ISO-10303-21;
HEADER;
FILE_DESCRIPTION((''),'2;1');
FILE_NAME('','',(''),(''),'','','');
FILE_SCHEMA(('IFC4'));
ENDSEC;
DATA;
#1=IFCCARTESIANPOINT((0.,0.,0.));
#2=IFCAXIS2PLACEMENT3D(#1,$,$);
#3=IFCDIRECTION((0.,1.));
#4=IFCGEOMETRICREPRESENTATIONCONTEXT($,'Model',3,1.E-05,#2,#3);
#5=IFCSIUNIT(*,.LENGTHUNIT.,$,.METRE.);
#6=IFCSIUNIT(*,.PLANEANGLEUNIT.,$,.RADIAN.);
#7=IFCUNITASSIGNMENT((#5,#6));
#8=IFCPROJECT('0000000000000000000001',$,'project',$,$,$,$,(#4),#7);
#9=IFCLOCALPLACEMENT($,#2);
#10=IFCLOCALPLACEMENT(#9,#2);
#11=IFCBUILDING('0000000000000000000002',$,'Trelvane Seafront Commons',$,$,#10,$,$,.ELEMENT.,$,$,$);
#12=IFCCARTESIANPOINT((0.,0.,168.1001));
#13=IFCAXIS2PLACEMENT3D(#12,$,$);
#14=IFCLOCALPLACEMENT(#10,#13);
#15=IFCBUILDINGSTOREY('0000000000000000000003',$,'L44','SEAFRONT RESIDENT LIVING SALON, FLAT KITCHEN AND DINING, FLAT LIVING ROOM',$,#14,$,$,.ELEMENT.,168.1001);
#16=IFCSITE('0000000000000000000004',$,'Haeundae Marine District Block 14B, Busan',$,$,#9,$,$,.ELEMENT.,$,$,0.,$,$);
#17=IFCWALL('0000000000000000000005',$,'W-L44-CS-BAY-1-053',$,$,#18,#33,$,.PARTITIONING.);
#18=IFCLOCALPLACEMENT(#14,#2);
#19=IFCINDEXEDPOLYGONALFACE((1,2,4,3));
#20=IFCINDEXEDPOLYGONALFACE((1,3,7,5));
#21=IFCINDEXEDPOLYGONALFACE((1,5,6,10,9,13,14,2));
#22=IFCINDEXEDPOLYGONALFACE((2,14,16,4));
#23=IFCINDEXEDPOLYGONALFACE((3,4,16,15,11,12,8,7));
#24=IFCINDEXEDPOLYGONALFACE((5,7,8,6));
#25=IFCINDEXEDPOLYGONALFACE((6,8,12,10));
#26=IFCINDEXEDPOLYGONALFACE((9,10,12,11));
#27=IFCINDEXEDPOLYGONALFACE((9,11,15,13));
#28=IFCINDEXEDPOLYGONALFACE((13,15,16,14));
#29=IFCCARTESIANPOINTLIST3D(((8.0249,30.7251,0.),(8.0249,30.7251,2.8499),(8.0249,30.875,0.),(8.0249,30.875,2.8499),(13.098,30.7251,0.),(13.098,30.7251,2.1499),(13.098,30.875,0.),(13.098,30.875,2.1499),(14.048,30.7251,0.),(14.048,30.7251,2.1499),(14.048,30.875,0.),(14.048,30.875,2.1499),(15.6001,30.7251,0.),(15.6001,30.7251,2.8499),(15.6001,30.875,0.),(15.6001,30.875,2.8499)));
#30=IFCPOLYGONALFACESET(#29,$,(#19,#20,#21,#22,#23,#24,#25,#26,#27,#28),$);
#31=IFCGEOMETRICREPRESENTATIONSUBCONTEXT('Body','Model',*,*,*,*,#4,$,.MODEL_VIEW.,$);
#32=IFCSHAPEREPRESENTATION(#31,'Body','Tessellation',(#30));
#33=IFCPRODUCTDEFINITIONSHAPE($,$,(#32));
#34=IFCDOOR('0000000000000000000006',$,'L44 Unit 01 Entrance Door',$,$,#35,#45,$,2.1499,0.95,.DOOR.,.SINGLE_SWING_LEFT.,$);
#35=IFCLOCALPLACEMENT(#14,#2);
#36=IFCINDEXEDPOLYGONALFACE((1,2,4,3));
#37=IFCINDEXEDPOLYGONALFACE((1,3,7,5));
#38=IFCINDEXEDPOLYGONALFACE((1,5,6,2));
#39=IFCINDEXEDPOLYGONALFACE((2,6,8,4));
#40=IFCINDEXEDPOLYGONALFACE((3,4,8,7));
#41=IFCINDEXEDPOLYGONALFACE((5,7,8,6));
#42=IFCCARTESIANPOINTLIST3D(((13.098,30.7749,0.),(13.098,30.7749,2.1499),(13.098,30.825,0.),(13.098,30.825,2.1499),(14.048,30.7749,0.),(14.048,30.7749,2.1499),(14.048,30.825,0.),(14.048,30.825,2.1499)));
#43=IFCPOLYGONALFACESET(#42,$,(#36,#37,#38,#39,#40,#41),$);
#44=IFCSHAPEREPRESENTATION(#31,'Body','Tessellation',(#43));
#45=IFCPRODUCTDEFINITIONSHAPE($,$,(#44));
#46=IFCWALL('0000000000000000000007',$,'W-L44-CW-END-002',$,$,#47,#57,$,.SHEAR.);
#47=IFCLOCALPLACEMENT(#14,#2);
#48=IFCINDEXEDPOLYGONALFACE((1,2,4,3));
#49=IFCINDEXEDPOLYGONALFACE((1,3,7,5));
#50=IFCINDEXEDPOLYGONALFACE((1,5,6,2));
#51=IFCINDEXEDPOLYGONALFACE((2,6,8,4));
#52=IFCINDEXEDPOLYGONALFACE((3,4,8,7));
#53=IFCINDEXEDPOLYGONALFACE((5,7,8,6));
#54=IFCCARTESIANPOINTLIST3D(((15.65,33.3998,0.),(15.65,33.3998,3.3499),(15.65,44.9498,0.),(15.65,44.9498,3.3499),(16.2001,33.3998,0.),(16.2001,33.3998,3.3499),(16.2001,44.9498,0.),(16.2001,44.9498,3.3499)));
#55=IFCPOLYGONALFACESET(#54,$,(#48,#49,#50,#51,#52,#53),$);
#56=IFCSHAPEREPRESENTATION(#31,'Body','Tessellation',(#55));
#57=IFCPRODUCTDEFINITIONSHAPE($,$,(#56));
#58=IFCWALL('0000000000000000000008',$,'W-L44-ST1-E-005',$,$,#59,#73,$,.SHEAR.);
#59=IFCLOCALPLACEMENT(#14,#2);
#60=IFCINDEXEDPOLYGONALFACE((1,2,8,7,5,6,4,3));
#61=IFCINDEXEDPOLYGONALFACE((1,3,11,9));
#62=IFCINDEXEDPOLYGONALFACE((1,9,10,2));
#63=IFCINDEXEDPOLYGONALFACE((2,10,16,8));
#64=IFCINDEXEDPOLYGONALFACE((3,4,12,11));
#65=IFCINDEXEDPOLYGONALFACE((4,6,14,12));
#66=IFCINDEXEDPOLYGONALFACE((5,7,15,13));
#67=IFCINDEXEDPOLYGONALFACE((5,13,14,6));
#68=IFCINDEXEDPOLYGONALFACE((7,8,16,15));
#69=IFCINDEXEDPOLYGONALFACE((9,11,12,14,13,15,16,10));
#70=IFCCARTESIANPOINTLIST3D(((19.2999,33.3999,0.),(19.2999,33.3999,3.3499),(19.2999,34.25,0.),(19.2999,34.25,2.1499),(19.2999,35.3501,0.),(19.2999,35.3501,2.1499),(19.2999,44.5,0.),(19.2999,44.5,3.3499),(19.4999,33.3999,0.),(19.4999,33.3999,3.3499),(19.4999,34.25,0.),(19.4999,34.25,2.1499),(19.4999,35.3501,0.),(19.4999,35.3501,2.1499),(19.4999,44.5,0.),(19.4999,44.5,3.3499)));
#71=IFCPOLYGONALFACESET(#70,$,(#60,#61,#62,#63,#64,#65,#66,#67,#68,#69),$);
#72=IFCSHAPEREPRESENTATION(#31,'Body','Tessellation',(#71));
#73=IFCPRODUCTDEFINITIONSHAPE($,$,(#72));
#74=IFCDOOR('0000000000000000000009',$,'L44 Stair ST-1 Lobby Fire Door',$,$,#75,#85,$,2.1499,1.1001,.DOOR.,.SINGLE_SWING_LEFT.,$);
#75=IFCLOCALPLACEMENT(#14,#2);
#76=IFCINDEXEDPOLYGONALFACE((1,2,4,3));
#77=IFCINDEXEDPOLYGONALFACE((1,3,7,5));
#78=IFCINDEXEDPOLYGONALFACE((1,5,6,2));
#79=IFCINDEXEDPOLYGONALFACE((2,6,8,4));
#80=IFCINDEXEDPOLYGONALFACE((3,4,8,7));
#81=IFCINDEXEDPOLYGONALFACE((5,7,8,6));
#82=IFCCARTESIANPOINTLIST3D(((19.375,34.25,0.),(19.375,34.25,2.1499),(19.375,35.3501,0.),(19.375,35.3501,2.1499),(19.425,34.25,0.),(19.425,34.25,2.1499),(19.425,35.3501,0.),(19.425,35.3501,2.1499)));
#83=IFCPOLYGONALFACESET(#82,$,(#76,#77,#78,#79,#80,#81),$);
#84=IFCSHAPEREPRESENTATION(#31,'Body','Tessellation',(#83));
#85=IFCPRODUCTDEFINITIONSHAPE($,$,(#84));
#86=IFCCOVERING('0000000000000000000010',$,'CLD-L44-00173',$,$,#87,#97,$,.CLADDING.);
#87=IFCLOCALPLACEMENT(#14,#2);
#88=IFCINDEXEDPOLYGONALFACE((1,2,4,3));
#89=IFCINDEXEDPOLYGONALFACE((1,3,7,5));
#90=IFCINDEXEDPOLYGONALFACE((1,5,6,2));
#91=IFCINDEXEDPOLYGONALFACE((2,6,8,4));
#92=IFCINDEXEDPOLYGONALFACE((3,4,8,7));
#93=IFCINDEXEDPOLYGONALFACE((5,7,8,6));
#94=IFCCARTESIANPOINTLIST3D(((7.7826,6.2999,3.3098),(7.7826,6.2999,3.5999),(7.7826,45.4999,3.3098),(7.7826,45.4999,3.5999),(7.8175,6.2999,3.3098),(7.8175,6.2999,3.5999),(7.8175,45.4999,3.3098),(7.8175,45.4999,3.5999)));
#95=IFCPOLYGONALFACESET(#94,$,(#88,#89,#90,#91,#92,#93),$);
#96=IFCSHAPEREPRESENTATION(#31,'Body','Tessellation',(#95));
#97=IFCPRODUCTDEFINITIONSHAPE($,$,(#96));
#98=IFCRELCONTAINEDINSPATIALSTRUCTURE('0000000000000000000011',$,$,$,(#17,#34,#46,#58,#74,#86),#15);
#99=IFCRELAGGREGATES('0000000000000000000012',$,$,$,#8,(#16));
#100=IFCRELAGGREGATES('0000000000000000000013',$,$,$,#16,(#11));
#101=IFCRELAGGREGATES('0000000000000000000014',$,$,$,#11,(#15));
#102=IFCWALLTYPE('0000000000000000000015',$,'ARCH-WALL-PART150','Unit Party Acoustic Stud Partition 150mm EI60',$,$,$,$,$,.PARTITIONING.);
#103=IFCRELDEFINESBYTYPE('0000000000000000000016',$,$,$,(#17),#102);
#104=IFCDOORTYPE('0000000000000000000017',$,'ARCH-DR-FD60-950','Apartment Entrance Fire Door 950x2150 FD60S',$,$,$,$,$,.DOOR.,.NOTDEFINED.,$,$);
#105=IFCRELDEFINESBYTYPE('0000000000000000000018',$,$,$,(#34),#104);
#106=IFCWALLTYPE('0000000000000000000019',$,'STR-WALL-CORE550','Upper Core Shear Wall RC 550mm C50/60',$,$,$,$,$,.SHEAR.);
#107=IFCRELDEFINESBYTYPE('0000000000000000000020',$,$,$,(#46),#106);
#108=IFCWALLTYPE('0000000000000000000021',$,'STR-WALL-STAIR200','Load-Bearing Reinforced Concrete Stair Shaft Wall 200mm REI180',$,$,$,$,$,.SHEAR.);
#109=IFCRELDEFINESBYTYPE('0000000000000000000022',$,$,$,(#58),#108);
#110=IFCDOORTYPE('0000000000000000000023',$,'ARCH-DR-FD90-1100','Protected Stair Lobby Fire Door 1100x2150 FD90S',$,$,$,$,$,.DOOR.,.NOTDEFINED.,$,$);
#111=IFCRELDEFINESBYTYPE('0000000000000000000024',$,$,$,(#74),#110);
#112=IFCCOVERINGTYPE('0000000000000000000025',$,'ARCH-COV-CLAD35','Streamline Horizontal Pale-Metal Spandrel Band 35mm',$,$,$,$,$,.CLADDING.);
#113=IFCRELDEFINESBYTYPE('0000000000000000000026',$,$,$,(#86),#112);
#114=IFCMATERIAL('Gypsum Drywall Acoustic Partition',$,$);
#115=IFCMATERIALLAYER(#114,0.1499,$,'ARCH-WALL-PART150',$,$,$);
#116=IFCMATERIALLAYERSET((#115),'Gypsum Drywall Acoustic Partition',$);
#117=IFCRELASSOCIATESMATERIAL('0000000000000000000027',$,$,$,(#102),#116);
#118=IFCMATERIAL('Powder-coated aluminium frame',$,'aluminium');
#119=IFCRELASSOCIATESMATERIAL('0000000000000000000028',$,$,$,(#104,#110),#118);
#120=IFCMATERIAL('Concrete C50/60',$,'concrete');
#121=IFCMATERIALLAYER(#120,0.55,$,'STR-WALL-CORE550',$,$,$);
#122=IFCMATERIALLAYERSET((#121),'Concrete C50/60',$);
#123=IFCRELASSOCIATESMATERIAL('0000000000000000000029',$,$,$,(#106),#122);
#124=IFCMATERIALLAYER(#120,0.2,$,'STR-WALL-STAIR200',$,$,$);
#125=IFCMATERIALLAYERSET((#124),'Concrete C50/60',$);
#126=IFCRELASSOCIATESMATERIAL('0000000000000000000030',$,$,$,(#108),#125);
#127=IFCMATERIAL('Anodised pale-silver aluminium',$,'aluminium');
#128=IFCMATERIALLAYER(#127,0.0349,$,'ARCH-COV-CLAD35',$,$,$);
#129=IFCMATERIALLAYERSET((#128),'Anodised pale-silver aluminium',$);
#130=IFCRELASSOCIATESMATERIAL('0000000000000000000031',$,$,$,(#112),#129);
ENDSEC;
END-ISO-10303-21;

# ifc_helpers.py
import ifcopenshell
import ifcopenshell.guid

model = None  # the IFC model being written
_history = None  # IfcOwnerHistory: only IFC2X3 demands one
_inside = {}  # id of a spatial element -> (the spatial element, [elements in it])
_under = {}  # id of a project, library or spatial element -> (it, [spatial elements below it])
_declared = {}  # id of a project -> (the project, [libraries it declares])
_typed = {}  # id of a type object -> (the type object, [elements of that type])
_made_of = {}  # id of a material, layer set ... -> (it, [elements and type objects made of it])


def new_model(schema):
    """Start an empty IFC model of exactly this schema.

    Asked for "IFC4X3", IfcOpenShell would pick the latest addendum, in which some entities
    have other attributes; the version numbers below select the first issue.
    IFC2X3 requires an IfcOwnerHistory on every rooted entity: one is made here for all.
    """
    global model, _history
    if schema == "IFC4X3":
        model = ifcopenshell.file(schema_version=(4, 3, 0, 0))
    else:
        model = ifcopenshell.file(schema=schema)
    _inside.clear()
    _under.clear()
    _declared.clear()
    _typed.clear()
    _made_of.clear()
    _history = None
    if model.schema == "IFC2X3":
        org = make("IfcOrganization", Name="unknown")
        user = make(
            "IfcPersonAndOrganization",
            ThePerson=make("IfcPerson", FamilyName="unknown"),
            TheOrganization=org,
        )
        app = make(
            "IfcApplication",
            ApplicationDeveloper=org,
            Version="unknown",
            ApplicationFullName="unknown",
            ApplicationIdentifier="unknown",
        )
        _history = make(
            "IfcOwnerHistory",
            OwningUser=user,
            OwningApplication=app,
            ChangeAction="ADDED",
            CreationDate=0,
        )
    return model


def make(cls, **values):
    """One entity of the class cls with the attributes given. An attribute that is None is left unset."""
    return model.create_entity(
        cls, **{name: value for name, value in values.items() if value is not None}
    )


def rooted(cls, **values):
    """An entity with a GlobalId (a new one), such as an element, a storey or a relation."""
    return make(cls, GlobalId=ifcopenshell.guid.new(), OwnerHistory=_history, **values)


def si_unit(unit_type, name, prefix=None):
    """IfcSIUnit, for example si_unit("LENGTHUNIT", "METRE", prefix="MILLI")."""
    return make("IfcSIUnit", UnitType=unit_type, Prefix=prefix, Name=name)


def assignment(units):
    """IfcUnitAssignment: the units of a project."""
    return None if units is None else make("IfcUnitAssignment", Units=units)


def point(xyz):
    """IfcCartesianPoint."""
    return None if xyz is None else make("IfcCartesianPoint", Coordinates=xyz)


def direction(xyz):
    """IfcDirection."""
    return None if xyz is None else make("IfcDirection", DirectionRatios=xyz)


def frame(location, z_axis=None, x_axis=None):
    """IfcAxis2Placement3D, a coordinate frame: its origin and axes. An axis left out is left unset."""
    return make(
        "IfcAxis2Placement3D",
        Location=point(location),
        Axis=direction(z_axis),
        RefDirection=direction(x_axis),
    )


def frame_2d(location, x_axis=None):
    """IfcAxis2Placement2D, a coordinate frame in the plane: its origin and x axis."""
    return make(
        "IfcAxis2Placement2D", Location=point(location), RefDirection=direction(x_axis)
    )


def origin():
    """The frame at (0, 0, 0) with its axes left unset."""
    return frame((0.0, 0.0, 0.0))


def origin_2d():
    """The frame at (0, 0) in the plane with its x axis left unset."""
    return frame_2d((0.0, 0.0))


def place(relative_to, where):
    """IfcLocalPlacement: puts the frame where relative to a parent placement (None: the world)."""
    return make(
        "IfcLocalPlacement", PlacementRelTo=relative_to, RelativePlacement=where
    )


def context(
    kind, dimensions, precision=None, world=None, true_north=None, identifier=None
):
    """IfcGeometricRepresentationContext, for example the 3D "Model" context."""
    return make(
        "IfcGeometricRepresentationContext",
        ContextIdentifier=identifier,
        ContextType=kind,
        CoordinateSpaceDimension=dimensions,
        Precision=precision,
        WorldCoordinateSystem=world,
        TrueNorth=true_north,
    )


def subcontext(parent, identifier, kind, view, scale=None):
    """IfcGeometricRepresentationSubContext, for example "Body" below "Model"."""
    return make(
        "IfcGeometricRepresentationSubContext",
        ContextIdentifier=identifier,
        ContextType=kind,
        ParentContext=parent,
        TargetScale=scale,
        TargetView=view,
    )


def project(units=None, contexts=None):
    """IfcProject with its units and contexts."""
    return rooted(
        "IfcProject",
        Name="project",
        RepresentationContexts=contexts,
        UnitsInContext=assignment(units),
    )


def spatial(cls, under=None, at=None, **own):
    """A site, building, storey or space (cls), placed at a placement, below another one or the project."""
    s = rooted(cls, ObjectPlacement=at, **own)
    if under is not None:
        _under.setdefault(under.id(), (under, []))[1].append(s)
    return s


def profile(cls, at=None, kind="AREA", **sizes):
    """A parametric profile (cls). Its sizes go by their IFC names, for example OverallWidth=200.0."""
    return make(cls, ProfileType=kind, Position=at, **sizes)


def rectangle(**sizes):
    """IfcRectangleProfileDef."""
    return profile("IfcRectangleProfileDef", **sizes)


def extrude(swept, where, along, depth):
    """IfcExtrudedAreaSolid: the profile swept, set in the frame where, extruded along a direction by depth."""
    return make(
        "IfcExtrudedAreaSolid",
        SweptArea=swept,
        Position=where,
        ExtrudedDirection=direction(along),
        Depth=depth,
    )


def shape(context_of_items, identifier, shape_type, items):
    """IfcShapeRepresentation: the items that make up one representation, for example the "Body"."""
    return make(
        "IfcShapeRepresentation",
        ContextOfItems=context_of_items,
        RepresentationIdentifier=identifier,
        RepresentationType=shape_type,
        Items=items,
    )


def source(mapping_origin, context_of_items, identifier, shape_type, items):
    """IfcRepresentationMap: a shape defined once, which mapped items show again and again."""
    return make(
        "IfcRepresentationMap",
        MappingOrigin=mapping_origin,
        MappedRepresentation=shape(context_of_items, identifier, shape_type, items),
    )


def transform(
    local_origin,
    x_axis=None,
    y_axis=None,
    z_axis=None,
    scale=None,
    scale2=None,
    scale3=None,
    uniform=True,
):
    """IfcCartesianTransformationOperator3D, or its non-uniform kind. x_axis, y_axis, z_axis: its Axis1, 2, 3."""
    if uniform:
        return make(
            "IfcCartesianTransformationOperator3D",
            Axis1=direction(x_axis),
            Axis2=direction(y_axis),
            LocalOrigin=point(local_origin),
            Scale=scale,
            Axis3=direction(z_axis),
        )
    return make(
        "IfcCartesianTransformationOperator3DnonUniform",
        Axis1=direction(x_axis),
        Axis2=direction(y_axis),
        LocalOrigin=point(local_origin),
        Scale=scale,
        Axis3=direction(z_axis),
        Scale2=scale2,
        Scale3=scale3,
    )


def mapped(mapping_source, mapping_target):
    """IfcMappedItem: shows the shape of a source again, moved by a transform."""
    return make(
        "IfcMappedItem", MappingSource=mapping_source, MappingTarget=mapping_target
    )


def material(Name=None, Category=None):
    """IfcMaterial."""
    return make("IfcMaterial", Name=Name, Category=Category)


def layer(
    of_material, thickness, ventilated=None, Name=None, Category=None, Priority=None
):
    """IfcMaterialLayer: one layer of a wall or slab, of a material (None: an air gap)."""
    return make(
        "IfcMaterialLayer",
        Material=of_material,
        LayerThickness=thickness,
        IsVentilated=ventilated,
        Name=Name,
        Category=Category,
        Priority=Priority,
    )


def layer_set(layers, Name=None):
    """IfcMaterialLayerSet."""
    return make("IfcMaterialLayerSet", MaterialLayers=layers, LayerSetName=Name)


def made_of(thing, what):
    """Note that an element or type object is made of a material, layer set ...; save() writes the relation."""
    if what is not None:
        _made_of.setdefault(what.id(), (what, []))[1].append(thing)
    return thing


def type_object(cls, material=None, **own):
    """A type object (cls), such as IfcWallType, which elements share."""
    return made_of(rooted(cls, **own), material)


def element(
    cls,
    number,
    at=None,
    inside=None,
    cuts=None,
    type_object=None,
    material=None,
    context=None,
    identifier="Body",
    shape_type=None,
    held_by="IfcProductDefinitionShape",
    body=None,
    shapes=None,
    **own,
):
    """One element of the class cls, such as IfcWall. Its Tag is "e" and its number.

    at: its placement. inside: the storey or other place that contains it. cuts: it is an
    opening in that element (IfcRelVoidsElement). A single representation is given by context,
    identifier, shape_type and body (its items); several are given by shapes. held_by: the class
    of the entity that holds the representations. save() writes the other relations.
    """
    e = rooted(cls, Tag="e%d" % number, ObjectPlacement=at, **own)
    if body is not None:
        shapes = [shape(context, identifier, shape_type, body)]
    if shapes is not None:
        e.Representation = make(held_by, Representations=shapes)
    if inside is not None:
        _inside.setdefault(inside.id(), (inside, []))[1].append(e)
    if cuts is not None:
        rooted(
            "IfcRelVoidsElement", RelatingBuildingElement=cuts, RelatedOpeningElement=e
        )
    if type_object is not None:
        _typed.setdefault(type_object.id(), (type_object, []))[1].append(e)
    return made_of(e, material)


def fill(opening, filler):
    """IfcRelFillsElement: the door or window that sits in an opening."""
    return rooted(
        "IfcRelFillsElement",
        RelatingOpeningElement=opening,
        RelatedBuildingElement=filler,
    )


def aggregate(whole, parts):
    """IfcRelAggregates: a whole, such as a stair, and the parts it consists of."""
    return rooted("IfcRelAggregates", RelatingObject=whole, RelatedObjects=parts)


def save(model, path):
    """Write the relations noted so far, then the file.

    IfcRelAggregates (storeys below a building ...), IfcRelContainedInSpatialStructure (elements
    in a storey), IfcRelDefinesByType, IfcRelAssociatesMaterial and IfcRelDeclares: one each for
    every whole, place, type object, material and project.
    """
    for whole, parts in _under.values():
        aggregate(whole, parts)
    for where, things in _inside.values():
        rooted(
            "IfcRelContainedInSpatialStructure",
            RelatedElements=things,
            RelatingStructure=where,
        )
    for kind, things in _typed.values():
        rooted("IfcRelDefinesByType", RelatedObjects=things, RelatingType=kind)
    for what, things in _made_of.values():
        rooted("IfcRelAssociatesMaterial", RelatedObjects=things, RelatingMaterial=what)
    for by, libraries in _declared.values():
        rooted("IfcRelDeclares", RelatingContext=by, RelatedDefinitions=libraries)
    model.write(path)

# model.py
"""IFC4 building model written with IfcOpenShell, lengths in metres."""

from ifc_helpers import new_model, si_unit, direction, frame, frame_2d, origin, origin_2d, place, context, subcontext, project, spatial, rectangle, extrude, source, transform, mapped, material, layer, layer_set, type_object, element, fill, save


model = new_model("IFC4")

# Units and contexts
model_context = context("Model", 3, precision=1e-05, world=origin(), true_north=direction((0.0, 1.0)))
body_context = subcontext(model_context, "Body", "Model", "MODEL_VIEW")
ifc_project = project(units=[si_unit("LENGTHUNIT", "METRE"), si_unit("PLANEANGLEUNIT", "RADIAN")], contexts=[model_context])

# Site, building, storey
site_placement = place(None, origin())
site = spatial("IfcSite", under=ifc_project, at=site_placement, Name="Haeundae Marine District Block 14B, Busan", CompositionType="ELEMENT", RefElevation=0.0)
building_placement = place(site_placement, origin())
building = spatial("IfcBuilding", under=site, at=building_placement, Name="Trelvane Seafront Commons", CompositionType="ELEMENT")
storey_placement = place(building_placement, frame((0.0, 0.0, 168.1001)))
storey = spatial("IfcBuildingStorey", under=building, at=storey_placement, Name="L44", Description="SEAFRONT RESIDENT LIVING SALON, FLAT KITCHEN AND DINING, FLAT LIVING ROOM", CompositionType="ELEMENT", Elevation=168.1001)

# Shared definitions
ifc_material_1 = material(Name="Concrete C50/60", Category="concrete")

# Shared definitions
ifc_material_2 = material(Name="Anodised pale-silver aluminium", Category="aluminium")

# Shared definitions
ifc_material_3 = material(Name="Gypsum Drywall Acoustic Partition")

# Wall, opening, door
shared_shape_1 = source(origin(), body_context, "Body", "SweptSolid", [
    extrude(rectangle(XDim=0.95, YDim=2.1499, at=frame_2d((0.4751, 1.075))), frame((0.0, 0.0249, 0.0), z_axis=(0.0, -1.0, 0.0), x_axis=(1.0, 0.0, 0.0)), (0.0, 0.0, 1.0), 0.05),
])
ifc_layer_1 = layer(ifc_material_3, 0.1499, Name="ARCH-WALL-PART150")
ifc_layer_set_1 = layer_set([ifc_layer_1], Name="Gypsum Drywall Acoustic Partition")
wall_type_1 = type_object("IfcWallType", Name="ARCH-WALL-PART150", Description="Unit Party Acoustic Stud Partition 150mm EI60", PredefinedType="PARTITIONING", material=ifc_layer_set_1)
ifc_material_4 = material(Name="Powder-coated aluminium frame", Category="aluminium")
door_type_1 = type_object("IfcDoorType", Name="ARCH-DR-FD60-950", Description="Apartment Entrance Fire Door 950x2150 FD60S", OperationType="NOTDEFINED", PredefinedType="DOOR", material=ifc_material_4)
wall_1_placement = place(storey_placement, frame((8.0249, 30.8, 0.0), z_axis=(0.0, 0.0, 1.0), x_axis=(1.0, 0.0, 0.0)))
wall_1 = element("IfcWall", 1, at=wall_1_placement, inside=storey, type_object=wall_type_1, Name="W-L44-CS-BAY-1-053", PredefinedType="PARTITIONING", context=body_context, shape_type="SweptSolid", body=[
    extrude(rectangle(XDim=7.5752, YDim=0.1499, at=frame_2d((3.7876, 0.0))), origin(), (0.0, 0.0, 1.0), 2.8499),
])
opening_1_placement = place(wall_1_placement, frame((5.073, 0.0, 0.0)))
opening_1 = element("IfcOpeningElement", 2, at=opening_1_placement, cuts=wall_1, PredefinedType="OPENING", context=body_context, shape_type="SweptSolid", body=[
    extrude(rectangle(XDim=0.95, YDim=2.1499, at=frame_2d((0.4751, 1.075))), frame((0.0, 0.085, 0.0), z_axis=(0.0, -1.0, 0.0), x_axis=(1.0, 0.0, 0.0)), (0.0, 0.0, 1.0), 0.1699),
])
door_1_placement = place(opening_1_placement, origin())
door_1 = element("IfcDoor", 3, at=door_1_placement, inside=storey, type_object=door_type_1, Name="L44 Unit 01 Entrance Door", OperationType="SINGLE_SWING_LEFT", OverallHeight=2.1499, OverallWidth=0.95, PredefinedType="DOOR", context=body_context, shape_type="MappedRepresentation", body=[
    mapped(shared_shape_1, transform((0.0, 0.0, 0.0), x_axis=(1.0, 0.0, 0.0), y_axis=(0.0, 1.0, 0.0), z_axis=(0.0, 0.0, 1.0), scale=1.0)),
])
fill(opening_1, door_1)

# Wall
ifc_layer_2 = layer(ifc_material_1, 0.55, Name="STR-WALL-CORE550")
ifc_layer_set_2 = layer_set([ifc_layer_2], Name="Concrete C50/60")
wall_type_2 = type_object("IfcWallType", Name="STR-WALL-CORE550", Description="Upper Core Shear Wall RC 550mm C50/60", PredefinedType="SHEAR", material=ifc_layer_set_2)
wall_2_placement = place(storey_placement, frame((15.925, 33.3999, 0.0), z_axis=(0.0, 0.0, 1.0), x_axis=(0.0, 1.0, 0.0)))
element("IfcWall", 4, at=wall_2_placement, inside=storey, type_object=wall_type_2, Name="W-L44-CW-END-002", PredefinedType="SHEAR", context=body_context, shape_type="SweptSolid", body=[
    extrude(rectangle(XDim=11.55, YDim=0.55, at=frame_2d((5.7749, 0.0))), origin(), (0.0, 0.0, 1.0), 3.3499),
])

# Wall, opening, door
ifc_layer_3 = layer(ifc_material_1, 0.2, Name="STR-WALL-STAIR200")
ifc_layer_set_3 = layer_set([ifc_layer_3], Name="Concrete C50/60")
wall_type_3 = type_object("IfcWallType", Name="STR-WALL-STAIR200", Description="Load-Bearing Reinforced Concrete Stair Shaft Wall 200mm REI180", PredefinedType="SHEAR", material=ifc_layer_set_3)
wall_3_placement = place(storey_placement, frame((19.3999, 33.3999, 0.0), z_axis=(0.0, 0.0, 1.0), x_axis=(0.0, 1.0, 0.0)))
wall_3 = element("IfcWall", 5, at=wall_3_placement, inside=storey, type_object=wall_type_3, Name="W-L44-ST1-E-005", PredefinedType="SHEAR", context=body_context, shape_type="SweptSolid", body=[
    extrude(rectangle(XDim=11.1001, YDim=0.2, at=frame_2d((5.55, 0.0))), origin(), (0.0, 0.0, 1.0), 3.3499),
])
opening_2_placement = place(wall_3_placement, frame((0.8501, 0.0, 0.0)))
opening_2 = element("IfcOpeningElement", 6, at=opening_2_placement, cuts=wall_3, PredefinedType="OPENING", context=body_context, shape_type="SweptSolid", body=[
    extrude(rectangle(XDim=1.1001, YDim=2.1499, at=frame_2d((0.55, 1.075))), frame((0.0, 0.1099, 0.0), z_axis=(0.0, -1.0, 0.0), x_axis=(1.0, 0.0, 0.0)), (0.0, 0.0, 1.0), 0.22),
])
door_type_2 = type_object("IfcDoorType", Name="ARCH-DR-FD90-1100", Description="Protected Stair Lobby Fire Door 1100x2150 FD90S", OperationType="NOTDEFINED", PredefinedType="DOOR", material=ifc_material_4)
shared_shape_2 = source(origin(), body_context, "Body", "SweptSolid", [
    extrude(rectangle(XDim=1.1001, YDim=2.1499, at=frame_2d((0.55, 1.075))), frame((0.0, 0.0249, 0.0), z_axis=(0.0, -1.0, 0.0), x_axis=(1.0, 0.0, 0.0)), (0.0, 0.0, 1.0), 0.05),
])
door_2_placement = place(opening_2_placement, origin())
door_2 = element("IfcDoor", 7, at=door_2_placement, inside=storey, type_object=door_type_2, Name="L44 Stair ST-1 Lobby Fire Door", OperationType="SINGLE_SWING_LEFT", OverallHeight=2.1499, OverallWidth=1.1001, PredefinedType="DOOR", context=body_context, shape_type="MappedRepresentation", body=[
    mapped(shared_shape_2, transform((0.0, 0.0, 0.0), x_axis=(1.0, 0.0, 0.0), y_axis=(0.0, 1.0, 0.0), z_axis=(0.0, 0.0, 1.0), scale=1.0)),
])
fill(opening_2, door_2)

# Covering
ifc_layer_4 = layer(ifc_material_2, 0.0349, Name="ARCH-COV-CLAD35")
ifc_layer_set_4 = layer_set([ifc_layer_4], Name="Anodised pale-silver aluminium")
covering_type = type_object("IfcCoveringType", Name="ARCH-COV-CLAD35", Description="Streamline Horizontal Pale-Metal Spandrel Band 35mm", PredefinedType="CLADDING", material=ifc_layer_set_4)
shared_shape_3 = source(origin(), body_context, "Body", "SweptSolid", [
    extrude(rectangle(XDim=39.2, YDim=0.0349, at=origin_2d()), origin(), (0.0, 0.0, 1.0), 0.29),
])
covering_placement = place(storey_placement, frame((7.8, 25.8999, 3.3098), z_axis=(0.0, 0.0, 1.0), x_axis=(0.0, 1.0, 0.0)))
element("IfcCovering", 8, at=covering_placement, inside=storey, type_object=covering_type, Name="CLD-L44-00173", PredefinedType="CLADDING", context=body_context, shape_type="MappedRepresentation", body=[
    mapped(shared_shape_3, transform((0.0, 0.0, 0.0), x_axis=(1.0, 0.0, 0.0), y_axis=(0.0, 1.0, 0.0), z_axis=(0.0, 0.0, 1.0), scale=1.0)),
])

save(model, "model.ifc")
